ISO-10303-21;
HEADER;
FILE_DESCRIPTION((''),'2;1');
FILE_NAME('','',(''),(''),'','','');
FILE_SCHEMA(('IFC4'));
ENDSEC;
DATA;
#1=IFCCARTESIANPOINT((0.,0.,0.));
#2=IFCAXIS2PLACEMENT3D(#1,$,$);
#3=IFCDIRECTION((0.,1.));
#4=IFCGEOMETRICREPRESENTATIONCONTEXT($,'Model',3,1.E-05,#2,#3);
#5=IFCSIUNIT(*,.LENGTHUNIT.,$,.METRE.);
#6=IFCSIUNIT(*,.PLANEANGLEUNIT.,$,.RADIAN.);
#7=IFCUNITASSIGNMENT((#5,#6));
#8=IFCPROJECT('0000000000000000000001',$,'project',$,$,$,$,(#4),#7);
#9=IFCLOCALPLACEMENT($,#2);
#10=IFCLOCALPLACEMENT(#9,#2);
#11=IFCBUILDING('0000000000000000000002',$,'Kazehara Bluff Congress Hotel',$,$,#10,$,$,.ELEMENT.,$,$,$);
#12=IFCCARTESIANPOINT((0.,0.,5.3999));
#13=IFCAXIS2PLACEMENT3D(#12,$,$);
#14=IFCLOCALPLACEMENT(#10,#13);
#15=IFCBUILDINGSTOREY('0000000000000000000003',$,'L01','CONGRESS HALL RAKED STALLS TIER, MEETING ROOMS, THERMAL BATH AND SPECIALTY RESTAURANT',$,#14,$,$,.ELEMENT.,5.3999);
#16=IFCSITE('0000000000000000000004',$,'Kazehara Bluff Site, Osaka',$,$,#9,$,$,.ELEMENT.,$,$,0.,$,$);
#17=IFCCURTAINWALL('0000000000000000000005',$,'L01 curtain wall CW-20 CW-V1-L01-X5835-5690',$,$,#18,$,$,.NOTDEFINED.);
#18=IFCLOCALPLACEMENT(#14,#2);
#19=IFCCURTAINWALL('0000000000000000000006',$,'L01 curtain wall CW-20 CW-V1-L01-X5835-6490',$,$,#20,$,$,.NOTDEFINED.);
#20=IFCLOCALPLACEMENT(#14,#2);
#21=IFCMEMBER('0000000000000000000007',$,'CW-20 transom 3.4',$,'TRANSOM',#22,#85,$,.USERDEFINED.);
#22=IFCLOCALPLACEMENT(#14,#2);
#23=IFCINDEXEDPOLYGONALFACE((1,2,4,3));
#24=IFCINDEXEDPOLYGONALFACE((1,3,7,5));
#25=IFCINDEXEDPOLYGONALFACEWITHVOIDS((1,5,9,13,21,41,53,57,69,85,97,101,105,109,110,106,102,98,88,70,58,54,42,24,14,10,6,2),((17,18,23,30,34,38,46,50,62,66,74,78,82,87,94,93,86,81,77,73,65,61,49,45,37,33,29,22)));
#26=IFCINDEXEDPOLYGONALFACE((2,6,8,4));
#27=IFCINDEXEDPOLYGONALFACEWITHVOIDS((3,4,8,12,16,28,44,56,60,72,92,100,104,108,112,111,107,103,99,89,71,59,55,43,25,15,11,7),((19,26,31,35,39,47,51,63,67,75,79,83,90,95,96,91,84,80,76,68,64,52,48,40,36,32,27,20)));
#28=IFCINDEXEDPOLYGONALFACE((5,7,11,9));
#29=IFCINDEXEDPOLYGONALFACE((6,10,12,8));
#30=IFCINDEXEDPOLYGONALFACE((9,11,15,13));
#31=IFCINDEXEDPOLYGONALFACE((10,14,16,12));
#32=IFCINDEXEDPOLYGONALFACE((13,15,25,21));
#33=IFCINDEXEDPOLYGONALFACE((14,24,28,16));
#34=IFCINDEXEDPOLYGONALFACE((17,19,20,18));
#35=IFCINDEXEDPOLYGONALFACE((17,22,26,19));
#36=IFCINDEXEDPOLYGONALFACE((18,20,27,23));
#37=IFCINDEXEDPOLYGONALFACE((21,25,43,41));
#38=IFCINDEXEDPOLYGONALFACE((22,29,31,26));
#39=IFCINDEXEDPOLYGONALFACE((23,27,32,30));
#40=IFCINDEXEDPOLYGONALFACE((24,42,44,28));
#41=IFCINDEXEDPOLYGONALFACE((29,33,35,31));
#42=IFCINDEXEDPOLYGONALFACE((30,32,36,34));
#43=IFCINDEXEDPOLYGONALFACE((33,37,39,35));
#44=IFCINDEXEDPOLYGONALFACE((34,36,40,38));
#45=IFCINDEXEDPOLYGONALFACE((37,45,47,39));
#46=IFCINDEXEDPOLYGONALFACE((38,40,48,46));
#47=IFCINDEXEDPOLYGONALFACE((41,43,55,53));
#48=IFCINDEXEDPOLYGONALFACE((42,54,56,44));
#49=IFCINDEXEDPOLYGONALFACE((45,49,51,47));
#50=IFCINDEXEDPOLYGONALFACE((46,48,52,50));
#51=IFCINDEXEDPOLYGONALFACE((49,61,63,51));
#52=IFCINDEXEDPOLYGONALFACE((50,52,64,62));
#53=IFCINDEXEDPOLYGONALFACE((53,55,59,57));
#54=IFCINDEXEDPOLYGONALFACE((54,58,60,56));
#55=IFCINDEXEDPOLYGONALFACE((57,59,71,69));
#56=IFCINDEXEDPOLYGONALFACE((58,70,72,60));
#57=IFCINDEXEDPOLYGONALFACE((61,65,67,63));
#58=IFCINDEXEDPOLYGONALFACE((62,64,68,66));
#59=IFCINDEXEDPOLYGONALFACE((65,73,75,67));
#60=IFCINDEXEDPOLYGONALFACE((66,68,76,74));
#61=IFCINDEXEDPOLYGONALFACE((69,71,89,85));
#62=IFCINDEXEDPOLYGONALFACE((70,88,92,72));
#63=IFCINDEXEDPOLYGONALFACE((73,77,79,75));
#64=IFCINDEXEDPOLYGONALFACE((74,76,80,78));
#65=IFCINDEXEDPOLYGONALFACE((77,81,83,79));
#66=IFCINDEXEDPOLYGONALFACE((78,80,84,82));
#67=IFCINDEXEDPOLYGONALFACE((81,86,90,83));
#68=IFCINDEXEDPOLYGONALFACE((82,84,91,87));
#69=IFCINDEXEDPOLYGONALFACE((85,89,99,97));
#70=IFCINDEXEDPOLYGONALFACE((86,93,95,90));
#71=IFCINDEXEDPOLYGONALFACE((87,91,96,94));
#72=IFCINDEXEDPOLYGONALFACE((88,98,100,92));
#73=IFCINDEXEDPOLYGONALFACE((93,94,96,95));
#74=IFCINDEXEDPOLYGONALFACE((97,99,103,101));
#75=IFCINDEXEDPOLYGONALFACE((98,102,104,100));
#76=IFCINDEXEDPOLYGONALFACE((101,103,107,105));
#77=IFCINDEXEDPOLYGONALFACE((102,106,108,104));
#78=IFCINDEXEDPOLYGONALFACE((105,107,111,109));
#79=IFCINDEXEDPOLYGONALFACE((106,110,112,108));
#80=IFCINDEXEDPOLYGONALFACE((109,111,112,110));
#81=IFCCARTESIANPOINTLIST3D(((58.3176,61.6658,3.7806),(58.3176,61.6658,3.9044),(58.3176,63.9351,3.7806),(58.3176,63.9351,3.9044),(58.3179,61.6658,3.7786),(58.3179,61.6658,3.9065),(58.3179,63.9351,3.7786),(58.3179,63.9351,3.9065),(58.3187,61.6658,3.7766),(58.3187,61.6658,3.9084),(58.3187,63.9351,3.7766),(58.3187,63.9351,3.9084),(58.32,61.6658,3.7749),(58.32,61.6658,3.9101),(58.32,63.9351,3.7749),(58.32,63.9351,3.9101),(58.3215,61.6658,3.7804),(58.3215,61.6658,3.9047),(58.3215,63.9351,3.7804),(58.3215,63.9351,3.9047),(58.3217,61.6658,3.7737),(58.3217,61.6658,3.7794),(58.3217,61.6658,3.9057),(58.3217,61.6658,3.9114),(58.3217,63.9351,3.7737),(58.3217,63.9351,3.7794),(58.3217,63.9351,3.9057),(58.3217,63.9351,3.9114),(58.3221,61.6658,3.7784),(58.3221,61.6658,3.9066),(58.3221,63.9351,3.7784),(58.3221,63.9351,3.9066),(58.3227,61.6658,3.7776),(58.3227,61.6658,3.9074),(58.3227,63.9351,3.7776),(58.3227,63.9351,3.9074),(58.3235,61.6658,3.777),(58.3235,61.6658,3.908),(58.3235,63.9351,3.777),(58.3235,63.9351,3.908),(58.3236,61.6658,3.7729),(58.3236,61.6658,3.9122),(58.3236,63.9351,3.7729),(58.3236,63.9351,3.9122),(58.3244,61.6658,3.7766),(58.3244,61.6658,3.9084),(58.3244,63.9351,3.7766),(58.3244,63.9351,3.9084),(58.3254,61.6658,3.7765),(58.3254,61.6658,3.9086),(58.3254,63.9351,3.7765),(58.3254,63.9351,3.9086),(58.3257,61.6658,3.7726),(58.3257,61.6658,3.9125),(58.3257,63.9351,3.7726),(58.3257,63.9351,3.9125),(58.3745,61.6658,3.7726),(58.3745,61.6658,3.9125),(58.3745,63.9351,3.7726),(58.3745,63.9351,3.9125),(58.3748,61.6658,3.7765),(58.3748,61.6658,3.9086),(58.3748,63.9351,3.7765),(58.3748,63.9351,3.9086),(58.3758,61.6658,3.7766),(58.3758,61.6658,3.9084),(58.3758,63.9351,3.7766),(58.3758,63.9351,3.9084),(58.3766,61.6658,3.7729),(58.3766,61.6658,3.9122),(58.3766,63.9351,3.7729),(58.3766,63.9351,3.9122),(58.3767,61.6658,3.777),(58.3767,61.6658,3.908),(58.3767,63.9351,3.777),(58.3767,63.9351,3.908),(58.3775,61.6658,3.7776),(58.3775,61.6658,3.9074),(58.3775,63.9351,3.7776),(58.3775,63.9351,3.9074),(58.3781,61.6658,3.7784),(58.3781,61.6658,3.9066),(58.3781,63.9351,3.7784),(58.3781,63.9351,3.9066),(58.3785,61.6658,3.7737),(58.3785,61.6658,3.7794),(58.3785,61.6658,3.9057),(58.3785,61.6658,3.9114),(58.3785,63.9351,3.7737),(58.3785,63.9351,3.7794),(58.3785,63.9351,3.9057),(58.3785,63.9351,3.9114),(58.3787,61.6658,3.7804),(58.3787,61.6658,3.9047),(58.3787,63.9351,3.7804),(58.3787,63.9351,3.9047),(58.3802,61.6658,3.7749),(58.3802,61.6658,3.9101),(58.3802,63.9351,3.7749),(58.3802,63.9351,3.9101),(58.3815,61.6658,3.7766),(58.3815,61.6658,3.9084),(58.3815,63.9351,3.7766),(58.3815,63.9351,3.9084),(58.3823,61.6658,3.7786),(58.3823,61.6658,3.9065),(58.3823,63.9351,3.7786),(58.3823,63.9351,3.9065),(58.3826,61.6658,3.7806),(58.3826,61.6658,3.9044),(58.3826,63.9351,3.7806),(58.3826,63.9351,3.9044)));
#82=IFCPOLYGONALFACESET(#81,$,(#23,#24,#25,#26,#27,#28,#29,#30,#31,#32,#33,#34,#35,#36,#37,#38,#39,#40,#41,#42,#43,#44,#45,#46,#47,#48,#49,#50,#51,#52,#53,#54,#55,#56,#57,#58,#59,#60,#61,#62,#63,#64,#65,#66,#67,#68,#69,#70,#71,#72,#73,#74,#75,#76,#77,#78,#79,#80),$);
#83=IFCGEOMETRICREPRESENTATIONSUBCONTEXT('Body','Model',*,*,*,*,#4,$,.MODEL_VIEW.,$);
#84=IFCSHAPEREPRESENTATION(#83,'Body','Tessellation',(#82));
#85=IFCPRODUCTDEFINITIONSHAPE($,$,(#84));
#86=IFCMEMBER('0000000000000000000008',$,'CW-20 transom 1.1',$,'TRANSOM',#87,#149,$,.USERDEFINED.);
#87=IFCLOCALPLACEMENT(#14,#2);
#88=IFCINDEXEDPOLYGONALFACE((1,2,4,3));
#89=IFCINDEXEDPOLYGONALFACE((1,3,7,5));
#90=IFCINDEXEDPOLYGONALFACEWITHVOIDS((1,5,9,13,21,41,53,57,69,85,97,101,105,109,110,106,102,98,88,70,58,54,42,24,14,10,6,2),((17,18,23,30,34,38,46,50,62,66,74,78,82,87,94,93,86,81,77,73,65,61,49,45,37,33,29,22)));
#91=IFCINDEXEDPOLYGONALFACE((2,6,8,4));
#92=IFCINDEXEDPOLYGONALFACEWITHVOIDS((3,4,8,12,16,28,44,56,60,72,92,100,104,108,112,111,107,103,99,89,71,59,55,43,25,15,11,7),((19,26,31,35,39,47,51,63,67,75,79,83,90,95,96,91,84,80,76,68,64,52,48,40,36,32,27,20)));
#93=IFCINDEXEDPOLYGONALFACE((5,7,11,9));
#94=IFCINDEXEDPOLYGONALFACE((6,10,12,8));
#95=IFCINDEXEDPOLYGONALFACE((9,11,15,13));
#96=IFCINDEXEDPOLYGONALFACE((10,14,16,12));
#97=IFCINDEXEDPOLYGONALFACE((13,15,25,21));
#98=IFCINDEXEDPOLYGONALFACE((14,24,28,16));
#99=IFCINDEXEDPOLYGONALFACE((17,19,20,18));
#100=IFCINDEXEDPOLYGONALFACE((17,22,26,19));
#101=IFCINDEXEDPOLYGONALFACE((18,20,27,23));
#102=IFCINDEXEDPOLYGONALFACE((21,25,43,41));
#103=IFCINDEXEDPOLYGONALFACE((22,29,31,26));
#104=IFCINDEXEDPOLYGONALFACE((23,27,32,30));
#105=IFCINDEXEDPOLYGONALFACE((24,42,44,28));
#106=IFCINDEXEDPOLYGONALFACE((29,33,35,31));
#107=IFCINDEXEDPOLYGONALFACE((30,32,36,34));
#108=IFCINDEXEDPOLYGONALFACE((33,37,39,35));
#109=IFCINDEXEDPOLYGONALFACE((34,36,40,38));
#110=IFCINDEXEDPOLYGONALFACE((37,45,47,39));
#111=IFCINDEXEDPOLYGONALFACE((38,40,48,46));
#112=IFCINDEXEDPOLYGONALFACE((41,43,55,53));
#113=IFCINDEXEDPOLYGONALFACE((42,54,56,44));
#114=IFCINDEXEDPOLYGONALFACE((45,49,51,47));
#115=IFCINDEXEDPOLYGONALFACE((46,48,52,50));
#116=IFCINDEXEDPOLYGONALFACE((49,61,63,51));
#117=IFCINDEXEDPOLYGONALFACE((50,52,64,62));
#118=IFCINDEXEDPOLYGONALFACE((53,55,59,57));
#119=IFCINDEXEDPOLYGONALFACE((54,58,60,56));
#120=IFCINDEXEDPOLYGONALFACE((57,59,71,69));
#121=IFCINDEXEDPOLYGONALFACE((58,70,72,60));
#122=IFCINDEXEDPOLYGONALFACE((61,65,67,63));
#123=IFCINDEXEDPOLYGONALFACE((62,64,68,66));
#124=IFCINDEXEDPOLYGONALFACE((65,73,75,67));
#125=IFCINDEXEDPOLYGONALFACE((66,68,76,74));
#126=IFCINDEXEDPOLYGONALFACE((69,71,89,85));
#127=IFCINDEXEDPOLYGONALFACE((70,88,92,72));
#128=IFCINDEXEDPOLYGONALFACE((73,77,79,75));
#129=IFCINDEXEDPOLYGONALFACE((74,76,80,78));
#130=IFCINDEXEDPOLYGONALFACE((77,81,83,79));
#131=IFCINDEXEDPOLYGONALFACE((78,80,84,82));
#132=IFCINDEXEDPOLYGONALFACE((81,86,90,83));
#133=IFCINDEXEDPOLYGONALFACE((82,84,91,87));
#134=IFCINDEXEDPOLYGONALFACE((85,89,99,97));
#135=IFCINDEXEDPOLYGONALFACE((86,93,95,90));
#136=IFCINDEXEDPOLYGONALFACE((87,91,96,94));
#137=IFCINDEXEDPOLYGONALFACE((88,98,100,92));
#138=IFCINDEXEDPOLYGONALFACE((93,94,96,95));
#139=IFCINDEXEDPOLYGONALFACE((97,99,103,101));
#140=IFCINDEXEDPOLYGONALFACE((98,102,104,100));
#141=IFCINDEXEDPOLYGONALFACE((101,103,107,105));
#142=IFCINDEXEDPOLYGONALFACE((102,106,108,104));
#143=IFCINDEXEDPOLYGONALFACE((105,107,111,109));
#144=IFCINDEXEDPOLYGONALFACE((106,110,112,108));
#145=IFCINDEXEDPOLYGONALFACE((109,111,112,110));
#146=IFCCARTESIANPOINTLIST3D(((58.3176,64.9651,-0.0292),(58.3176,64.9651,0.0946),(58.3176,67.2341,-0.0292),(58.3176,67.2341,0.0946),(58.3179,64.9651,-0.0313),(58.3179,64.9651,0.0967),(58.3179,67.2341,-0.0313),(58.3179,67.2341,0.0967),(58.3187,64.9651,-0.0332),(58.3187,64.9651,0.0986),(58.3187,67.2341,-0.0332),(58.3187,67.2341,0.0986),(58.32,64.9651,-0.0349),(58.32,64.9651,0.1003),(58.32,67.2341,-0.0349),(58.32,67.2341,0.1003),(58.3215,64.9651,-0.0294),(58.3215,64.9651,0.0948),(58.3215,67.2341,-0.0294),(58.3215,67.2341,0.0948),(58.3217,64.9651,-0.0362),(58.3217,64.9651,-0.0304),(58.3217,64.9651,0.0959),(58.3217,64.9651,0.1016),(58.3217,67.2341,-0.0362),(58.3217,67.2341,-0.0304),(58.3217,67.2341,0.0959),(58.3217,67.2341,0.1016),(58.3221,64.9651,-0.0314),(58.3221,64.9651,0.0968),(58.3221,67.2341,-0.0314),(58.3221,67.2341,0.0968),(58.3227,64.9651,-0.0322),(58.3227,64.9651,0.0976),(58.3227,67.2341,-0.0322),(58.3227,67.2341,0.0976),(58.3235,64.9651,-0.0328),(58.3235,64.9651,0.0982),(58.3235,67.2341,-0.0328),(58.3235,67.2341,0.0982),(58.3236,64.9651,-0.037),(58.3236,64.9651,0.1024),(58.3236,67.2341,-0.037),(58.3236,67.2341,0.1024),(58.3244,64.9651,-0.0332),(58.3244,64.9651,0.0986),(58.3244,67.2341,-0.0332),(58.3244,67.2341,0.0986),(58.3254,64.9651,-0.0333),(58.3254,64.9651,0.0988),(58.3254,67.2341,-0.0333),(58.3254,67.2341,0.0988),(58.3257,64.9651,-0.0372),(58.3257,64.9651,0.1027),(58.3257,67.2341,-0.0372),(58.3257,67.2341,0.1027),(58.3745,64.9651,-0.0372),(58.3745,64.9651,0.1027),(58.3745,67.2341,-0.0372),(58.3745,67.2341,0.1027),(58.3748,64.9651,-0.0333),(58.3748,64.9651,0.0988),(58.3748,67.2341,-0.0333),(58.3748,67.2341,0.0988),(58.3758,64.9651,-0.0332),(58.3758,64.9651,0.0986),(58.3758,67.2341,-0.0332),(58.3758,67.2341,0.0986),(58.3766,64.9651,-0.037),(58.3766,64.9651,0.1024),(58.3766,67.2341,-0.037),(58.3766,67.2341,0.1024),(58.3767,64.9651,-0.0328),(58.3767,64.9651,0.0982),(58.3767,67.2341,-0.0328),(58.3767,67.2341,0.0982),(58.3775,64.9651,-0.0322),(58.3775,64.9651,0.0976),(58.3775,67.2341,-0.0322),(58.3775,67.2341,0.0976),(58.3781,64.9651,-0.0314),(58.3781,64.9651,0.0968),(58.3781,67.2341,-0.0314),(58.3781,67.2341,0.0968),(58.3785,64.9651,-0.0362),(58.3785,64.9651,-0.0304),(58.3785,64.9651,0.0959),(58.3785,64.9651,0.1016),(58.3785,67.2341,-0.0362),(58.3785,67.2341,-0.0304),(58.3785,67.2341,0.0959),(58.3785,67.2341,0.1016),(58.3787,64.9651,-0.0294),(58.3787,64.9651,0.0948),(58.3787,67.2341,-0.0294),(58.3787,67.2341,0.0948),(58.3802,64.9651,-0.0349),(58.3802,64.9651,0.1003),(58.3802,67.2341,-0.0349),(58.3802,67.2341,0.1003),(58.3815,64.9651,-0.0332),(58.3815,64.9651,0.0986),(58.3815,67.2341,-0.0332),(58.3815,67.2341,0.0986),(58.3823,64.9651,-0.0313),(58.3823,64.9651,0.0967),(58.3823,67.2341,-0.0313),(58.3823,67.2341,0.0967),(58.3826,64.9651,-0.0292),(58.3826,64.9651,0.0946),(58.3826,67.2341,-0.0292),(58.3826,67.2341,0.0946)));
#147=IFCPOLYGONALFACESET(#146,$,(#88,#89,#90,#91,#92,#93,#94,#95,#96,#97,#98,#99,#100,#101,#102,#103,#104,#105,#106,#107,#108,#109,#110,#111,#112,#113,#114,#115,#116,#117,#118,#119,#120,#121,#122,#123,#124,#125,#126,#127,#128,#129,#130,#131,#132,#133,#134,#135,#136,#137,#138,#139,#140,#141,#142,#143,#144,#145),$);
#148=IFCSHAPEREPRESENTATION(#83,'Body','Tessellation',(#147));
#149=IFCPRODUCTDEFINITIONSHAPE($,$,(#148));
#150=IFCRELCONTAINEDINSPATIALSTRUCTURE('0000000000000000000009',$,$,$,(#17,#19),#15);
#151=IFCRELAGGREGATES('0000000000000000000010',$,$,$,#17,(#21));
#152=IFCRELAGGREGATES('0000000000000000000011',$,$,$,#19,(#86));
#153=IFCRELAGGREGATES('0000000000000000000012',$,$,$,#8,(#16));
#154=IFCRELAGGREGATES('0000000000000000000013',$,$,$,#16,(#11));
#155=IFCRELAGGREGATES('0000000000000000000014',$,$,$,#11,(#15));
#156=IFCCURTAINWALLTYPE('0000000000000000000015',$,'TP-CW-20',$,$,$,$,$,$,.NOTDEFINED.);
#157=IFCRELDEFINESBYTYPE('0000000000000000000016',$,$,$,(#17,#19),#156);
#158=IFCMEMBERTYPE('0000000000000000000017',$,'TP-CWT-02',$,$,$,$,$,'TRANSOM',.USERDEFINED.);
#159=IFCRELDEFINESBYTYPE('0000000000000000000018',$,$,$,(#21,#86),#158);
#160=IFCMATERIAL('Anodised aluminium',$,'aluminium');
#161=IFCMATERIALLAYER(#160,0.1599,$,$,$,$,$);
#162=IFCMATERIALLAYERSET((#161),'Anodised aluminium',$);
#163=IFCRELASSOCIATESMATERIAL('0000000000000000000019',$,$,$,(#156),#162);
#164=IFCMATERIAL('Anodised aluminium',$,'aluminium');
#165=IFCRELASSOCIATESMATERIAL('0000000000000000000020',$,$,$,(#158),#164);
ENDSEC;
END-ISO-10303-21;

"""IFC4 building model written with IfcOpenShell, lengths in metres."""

from ifc_helpers import new_model, si_unit, direction, frame, origin, origin_2d, place, context, subcontext, project, spatial, hollow_rectangle, extrude, material, layer, layer_set, material_profile, profile_set, type_object, element, aggregate, save


model = new_model("IFC4")

# Units and contexts
model_context = context("Model", 3, precision=1e-05, world=origin(), true_north=direction((0.0, 1.0)))
body_context = subcontext(model_context, "Body", "Model", "MODEL_VIEW")
ifc_project = project(units=[si_unit("LENGTHUNIT", "METRE"), si_unit("PLANEANGLEUNIT", "RADIAN")], contexts=[model_context])

# Site, building, storey
site_placement = place(None, origin())
site = spatial("IfcSite", under=ifc_project, at=site_placement, Name="Kazehara Bluff Site, Osaka", CompositionType="ELEMENT", RefElevation=0.0)
building_placement = place(site_placement, origin())
building = spatial("IfcBuilding", under=site, at=building_placement, Name="Kazehara Bluff Congress Hotel", CompositionType="ELEMENT")
storey_placement = place(building_placement, frame((0.0, 0.0, 5.3999)))
storey = spatial("IfcBuildingStorey", under=building, at=storey_placement, Name="L01", Description="CONGRESS HALL RAKED STALLS TIER, MEETING ROOMS, THERMAL BATH AND SPECIALTY RESTAURANT", CompositionType="ELEMENT", Elevation=5.3999)

# Curtain wall
ifc_material_1 = material(Name="Anodised aluminium", Category="aluminium")
ifc_layer_1 = layer(ifc_material_1, 0.1599)
ifc_layer_set_1 = layer_set([ifc_layer_1], Name="Anodised aluminium")
curtain_wall_type = type_object("IfcCurtainWallType", Name="TP-CW-20", PredefinedType="NOTDEFINED", material=ifc_layer_set_1)
curtain_wall_1_placement = place(storey_placement, origin())
curtain_wall_1 = element("IfcCurtainWall", 1, at=curtain_wall_1_placement, inside=storey, type_object=curtain_wall_type, Name="L01 curtain wall CW-20 CW-V1-L01-X5835-5690", PredefinedType="NOTDEFINED")

# Curtain wall
curtain_wall_2_placement = place(storey_placement, origin())
curtain_wall_2 = element("IfcCurtainWall", 2, at=curtain_wall_2_placement, inside=storey, type_object=curtain_wall_type, Name="L01 curtain wall CW-20 CW-V1-L01-X5835-6490", PredefinedType="NOTDEFINED")

# Members
ifc_material_2 = material(Name="Anodised aluminium", Category="aluminium")
ifc_material_profile_1 = material_profile(ifc_material_2, hollow_rectangle(XDim=0.0649, YDim=0.1399, WallThickness=0.0039, InnerFilletRadius=0.0039, OuterFilletRadius=0.0081, at=origin_2d()))
ifc_profile_set_1 = profile_set([ifc_material_profile_1], Name="Anodised aluminium")
member_type_1 = type_object("IfcMemberType", Name="TP-CWT-02", ElementType="TRANSOM", PredefinedType="USERDEFINED", material=ifc_profile_set_1)
member_1_placement = place(storey_placement, frame((58.3501, 61.6658, 3.8425), z_axis=(0.0, 1.0, 0.0), x_axis=(-1.0, 0.0, 0.0)))
member_1 = element("IfcMember", 3, at=member_1_placement, type_object=member_type_1, Name="CW-20 transom 3.4", ObjectType="TRANSOM", PredefinedType="USERDEFINED", context=body_context, shape_type="SweptSolid", body=[
    extrude(hollow_rectangle(XDim=0.0649, YDim=0.1399, WallThickness=0.0039, InnerFilletRadius=0.0039, OuterFilletRadius=0.0081, at=origin_2d()), origin(), (0.0, 0.0, 1.0), 2.2693),
])
member_2_placement = place(storey_placement, frame((58.3501, 64.9651, 0.0327), z_axis=(0.0, 1.0, 0.0), x_axis=(-1.0, 0.0, 0.0)))
member_2 = element("IfcMember", 4, at=member_2_placement, type_object=member_type_1, Name="CW-20 transom 1.1", ObjectType="TRANSOM", PredefinedType="USERDEFINED", context=body_context, shape_type="SweptSolid", body=[
    extrude(hollow_rectangle(XDim=0.0649, YDim=0.1399, WallThickness=0.0039, InnerFilletRadius=0.0039, OuterFilletRadius=0.0081, at=origin_2d()), origin(), (0.0, 0.0, 1.0), 2.269),
])

aggregate(curtain_wall_1, [member_1])
aggregate(curtain_wall_2, [member_2])

save(model, "model.ifc")
